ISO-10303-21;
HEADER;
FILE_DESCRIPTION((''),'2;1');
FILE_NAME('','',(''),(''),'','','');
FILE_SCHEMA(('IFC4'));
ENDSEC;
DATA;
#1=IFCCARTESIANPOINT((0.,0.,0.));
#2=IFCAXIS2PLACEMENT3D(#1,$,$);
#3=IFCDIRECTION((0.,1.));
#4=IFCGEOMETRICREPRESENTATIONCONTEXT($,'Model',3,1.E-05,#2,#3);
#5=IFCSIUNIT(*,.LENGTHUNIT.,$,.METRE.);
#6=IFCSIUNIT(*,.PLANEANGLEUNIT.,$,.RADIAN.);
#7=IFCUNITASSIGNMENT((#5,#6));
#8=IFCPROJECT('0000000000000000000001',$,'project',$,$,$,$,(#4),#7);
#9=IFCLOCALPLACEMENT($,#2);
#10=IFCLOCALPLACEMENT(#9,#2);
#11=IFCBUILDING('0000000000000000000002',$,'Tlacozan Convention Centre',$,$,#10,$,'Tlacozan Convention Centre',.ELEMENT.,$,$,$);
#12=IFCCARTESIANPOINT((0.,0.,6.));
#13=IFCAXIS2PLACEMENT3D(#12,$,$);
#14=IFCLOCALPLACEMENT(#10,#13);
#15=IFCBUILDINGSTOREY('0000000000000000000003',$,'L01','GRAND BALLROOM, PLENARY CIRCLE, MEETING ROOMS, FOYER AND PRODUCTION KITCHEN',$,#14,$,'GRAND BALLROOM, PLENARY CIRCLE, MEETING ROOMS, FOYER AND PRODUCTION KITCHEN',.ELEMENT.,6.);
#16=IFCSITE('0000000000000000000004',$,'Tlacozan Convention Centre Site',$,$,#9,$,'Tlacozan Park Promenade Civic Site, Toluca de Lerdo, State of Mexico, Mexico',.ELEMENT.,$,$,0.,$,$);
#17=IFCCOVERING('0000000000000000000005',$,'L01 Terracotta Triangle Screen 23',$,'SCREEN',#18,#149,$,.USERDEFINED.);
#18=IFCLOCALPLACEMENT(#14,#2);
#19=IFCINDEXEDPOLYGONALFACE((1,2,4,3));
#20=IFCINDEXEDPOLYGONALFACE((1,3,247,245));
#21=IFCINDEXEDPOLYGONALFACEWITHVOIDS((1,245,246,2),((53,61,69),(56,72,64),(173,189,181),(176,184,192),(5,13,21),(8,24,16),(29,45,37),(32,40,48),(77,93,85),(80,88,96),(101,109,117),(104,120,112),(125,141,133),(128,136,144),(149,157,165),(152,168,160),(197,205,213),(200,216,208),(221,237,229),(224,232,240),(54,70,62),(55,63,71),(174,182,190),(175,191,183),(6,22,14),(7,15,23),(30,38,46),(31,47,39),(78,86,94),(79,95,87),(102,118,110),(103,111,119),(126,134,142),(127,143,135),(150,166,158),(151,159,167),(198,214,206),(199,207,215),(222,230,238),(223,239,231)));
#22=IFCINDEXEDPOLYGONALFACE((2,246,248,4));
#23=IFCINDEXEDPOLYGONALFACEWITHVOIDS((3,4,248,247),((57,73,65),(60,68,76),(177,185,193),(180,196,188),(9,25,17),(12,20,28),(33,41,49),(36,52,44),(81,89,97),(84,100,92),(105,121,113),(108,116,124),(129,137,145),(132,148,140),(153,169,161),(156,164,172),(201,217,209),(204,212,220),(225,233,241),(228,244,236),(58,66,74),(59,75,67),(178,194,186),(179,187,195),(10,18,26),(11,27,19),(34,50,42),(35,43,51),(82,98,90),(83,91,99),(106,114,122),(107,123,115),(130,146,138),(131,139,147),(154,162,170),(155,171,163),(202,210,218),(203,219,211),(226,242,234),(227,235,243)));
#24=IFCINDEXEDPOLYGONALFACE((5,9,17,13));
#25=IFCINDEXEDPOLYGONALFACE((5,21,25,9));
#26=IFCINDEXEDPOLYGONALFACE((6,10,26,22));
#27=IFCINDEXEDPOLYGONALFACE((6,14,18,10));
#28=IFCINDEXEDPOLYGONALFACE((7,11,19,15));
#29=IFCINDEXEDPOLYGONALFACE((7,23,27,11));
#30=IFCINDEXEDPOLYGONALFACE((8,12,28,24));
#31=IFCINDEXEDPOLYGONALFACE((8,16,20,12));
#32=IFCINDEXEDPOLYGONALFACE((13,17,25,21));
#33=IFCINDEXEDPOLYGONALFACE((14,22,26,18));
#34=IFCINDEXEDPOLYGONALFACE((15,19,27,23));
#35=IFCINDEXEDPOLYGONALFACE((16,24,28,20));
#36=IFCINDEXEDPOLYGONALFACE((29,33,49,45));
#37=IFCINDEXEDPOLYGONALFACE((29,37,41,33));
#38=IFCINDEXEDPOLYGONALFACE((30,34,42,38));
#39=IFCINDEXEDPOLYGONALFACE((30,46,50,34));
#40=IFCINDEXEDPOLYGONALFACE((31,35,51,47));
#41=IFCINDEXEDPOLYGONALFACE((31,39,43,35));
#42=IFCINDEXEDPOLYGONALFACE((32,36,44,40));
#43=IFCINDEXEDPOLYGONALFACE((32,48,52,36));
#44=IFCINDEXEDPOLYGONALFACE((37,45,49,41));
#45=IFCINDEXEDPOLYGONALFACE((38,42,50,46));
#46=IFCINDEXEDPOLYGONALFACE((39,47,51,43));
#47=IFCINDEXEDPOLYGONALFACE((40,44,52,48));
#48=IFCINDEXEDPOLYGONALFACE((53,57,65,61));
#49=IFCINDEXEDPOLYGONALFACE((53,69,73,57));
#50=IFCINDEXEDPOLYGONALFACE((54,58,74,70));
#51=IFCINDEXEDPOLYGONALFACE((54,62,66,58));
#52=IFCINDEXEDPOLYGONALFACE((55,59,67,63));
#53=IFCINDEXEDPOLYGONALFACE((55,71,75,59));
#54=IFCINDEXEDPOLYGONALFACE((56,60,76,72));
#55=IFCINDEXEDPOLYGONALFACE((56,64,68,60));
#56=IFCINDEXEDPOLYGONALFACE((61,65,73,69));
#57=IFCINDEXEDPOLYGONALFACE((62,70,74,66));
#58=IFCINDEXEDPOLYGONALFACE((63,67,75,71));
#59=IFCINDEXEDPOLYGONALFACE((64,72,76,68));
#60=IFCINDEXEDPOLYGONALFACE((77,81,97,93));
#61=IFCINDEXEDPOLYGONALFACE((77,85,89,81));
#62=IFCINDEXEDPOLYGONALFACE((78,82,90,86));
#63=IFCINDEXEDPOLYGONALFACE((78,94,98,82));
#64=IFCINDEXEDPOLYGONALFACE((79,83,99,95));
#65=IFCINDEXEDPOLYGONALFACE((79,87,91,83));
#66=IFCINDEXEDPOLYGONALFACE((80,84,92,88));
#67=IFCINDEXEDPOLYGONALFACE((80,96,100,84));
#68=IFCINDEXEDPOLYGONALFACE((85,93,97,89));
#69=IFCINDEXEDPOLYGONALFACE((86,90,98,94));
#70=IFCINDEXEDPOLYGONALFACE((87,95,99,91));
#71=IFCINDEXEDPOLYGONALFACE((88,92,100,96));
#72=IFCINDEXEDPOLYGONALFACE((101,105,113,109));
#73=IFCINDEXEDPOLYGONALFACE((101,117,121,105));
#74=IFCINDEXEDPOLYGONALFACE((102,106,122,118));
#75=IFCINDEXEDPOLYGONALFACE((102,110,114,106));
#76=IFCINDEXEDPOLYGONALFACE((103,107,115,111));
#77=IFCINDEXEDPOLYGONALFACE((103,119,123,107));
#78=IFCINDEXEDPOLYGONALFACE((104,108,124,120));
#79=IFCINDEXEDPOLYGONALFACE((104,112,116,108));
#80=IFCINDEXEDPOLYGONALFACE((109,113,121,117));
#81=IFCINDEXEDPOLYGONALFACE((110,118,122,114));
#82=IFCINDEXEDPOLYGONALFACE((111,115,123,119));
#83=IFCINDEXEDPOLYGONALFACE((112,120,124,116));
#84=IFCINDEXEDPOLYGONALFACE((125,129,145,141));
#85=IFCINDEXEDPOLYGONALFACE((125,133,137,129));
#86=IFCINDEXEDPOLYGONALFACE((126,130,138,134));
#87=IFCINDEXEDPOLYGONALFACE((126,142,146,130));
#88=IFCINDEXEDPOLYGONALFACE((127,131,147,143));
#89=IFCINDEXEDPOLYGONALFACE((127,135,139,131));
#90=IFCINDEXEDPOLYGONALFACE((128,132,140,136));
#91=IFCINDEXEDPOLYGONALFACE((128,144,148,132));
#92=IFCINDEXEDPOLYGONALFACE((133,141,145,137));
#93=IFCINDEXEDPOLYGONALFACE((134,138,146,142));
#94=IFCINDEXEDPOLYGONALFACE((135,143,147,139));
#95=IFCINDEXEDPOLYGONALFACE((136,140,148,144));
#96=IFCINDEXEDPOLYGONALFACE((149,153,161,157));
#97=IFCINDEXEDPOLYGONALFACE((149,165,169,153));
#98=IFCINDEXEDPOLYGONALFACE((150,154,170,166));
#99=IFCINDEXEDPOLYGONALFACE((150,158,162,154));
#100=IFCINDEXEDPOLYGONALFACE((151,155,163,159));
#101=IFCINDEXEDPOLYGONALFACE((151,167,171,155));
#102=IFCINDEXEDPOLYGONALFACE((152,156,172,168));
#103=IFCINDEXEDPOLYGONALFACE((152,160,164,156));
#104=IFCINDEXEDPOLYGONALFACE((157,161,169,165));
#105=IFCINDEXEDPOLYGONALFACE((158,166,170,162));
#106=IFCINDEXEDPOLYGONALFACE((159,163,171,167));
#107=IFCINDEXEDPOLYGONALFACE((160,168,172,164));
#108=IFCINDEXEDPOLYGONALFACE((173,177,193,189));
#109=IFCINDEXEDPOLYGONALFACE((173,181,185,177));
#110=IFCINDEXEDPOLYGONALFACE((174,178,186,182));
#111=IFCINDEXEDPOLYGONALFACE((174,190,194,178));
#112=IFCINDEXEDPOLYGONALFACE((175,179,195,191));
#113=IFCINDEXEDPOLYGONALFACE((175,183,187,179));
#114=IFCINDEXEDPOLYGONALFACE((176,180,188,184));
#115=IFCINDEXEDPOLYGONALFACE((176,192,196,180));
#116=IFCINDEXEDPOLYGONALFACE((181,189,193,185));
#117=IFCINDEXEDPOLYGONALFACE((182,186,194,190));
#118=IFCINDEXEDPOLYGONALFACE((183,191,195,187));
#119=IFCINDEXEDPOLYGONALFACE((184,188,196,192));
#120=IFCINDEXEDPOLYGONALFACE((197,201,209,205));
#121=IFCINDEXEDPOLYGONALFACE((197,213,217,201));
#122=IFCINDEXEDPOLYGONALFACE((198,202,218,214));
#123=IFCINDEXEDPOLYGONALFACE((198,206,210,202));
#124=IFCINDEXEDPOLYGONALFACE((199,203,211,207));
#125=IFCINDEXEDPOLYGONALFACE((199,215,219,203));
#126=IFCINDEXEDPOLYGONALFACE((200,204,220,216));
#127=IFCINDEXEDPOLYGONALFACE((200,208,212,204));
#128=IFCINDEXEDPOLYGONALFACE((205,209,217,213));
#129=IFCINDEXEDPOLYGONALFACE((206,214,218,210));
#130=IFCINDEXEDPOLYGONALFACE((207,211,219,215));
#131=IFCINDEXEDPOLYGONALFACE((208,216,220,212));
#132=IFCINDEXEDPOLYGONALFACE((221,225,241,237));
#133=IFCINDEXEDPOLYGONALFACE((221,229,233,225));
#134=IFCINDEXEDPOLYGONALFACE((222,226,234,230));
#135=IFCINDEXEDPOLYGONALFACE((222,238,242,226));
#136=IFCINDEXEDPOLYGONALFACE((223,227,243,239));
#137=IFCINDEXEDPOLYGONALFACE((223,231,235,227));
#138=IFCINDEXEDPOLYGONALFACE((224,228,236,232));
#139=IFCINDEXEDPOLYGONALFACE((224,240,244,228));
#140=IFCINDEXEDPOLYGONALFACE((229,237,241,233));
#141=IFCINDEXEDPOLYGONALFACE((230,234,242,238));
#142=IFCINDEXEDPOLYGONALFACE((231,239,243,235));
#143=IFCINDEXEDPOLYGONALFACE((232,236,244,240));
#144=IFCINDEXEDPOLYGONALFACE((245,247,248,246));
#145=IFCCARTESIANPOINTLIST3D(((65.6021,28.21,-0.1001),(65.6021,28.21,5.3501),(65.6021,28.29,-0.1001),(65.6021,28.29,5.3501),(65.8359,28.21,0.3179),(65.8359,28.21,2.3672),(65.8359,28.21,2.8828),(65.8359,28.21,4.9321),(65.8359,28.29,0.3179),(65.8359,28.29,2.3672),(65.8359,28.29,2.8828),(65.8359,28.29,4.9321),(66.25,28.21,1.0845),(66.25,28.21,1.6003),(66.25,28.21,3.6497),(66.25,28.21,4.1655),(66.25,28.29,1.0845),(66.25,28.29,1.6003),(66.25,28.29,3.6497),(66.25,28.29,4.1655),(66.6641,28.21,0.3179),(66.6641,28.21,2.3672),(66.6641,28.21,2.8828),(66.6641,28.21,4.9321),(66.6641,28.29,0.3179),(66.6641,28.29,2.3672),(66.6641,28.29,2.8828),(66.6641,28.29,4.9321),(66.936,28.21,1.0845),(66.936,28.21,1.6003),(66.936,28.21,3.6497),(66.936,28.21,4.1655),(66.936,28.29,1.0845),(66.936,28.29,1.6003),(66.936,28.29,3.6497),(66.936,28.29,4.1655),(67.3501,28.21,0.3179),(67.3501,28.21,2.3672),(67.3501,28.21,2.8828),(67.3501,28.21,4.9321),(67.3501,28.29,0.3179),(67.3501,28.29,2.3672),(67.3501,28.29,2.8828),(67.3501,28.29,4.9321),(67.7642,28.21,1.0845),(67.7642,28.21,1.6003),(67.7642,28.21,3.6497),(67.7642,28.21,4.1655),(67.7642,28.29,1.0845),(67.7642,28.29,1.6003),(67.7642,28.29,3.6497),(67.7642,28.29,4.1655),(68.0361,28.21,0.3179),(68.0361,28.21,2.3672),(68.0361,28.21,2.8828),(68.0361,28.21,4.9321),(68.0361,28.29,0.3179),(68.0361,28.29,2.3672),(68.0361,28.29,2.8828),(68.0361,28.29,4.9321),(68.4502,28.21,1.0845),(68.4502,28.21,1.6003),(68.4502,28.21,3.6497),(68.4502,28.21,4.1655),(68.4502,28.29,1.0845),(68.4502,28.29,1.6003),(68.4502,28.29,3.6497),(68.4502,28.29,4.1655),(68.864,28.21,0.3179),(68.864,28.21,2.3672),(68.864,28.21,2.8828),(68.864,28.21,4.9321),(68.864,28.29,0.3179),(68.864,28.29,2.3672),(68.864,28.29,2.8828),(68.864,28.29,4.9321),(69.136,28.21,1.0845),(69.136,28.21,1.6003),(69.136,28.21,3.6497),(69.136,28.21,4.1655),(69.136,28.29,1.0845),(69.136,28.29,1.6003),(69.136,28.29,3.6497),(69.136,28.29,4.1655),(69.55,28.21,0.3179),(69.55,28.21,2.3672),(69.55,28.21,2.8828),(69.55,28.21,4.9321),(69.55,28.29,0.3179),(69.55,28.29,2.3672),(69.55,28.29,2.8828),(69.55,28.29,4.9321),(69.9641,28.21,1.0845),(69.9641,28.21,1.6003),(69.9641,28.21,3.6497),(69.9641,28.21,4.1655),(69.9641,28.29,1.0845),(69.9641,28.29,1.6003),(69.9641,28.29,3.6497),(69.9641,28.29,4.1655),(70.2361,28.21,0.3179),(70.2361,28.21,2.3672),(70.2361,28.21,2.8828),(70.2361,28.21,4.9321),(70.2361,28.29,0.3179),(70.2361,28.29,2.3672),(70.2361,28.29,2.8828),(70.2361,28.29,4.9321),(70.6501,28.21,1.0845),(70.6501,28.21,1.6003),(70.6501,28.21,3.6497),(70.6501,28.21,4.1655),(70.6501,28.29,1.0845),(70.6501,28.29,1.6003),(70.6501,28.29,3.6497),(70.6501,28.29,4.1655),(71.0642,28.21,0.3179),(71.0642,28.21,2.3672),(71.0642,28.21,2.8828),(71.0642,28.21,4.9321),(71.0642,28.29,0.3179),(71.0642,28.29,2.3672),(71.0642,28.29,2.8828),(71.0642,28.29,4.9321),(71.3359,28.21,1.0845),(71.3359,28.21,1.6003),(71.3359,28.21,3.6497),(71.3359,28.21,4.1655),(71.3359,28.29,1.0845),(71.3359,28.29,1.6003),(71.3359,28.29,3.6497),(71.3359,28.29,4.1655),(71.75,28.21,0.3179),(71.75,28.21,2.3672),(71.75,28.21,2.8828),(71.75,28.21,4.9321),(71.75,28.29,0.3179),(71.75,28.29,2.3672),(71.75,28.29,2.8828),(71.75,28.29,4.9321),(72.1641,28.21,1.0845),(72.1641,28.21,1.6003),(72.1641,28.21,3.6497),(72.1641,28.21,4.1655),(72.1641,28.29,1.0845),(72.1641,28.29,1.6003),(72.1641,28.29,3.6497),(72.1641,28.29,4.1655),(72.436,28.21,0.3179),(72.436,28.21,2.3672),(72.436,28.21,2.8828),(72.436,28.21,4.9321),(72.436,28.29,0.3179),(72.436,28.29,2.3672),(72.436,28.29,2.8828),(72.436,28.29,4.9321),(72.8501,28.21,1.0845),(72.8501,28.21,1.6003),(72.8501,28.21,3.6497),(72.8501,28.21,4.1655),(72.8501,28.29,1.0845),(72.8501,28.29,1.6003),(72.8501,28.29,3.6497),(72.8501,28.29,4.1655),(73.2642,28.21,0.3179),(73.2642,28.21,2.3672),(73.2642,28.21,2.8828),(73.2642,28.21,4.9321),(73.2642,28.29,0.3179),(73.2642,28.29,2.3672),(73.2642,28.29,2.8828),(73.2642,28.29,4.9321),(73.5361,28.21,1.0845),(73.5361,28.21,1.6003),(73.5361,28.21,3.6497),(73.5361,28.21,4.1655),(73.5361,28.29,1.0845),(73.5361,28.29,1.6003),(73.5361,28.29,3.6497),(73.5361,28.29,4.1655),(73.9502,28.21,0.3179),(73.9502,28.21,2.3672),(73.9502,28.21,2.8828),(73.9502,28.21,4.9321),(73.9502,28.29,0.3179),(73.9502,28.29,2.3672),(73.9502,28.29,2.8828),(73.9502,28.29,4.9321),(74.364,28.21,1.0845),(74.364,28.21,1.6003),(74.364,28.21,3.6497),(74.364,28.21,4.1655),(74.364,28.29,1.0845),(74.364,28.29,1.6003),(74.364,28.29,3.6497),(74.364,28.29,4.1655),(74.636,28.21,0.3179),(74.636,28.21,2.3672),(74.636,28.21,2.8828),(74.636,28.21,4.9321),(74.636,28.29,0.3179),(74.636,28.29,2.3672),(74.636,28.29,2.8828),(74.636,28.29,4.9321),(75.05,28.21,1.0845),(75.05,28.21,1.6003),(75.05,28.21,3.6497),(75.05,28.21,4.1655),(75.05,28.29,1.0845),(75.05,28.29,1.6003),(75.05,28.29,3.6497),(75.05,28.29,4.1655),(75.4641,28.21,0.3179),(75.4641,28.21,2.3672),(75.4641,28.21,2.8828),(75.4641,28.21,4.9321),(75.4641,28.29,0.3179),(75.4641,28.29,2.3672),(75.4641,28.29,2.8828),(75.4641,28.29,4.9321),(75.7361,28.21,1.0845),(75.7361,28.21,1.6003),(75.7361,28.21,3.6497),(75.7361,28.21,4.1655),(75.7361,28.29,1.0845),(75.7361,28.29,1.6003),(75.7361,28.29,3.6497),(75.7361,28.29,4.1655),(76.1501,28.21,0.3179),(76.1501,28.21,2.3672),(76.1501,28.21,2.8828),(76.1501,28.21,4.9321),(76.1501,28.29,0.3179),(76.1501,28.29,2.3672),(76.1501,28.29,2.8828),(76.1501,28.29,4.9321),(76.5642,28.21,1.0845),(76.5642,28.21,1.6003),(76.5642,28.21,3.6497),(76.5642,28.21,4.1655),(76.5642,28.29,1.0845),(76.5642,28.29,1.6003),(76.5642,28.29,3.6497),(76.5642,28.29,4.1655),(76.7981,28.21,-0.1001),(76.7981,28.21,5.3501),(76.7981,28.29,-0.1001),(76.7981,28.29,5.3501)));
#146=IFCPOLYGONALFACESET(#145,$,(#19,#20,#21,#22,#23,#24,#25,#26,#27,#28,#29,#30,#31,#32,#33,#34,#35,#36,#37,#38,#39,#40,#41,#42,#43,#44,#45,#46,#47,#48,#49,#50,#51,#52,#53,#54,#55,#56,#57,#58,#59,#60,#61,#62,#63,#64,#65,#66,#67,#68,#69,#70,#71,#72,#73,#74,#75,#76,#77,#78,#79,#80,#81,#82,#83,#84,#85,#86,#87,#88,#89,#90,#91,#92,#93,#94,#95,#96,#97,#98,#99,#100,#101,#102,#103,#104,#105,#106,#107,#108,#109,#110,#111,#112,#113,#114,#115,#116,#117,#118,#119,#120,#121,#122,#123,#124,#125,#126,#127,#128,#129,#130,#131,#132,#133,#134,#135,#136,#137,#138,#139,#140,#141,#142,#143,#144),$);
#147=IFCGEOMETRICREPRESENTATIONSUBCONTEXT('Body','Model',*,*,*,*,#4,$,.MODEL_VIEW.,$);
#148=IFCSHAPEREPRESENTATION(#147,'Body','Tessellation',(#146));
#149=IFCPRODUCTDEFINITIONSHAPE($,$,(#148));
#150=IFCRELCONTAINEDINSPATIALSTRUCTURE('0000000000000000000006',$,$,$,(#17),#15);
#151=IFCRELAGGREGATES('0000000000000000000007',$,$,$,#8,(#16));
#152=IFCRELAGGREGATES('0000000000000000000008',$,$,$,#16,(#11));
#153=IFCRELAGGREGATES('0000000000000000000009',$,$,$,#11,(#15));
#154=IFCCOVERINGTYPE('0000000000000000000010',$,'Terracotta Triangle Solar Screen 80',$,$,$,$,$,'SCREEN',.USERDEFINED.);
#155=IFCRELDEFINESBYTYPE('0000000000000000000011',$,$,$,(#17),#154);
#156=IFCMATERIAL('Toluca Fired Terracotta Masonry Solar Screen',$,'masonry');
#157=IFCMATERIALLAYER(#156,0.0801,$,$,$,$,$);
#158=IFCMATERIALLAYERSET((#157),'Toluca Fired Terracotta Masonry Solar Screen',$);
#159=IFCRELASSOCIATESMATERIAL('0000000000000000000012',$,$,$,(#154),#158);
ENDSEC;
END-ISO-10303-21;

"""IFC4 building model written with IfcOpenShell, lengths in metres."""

from ifc_helpers import new_model, si_unit, direction, frame, origin, place, context, subcontext, project, spatial, polyline, outline, extrude, material, layer, layer_set, type_object, element, save


model = new_model("IFC4")

# Units and contexts
model_context = context("Model", 3, precision=1e-05, world=origin(), true_north=direction((0.0, 1.0)))
body_context = subcontext(model_context, "Body", "Model", "MODEL_VIEW")
ifc_project = project(units=[si_unit("LENGTHUNIT", "METRE"), si_unit("PLANEANGLEUNIT", "RADIAN")], contexts=[model_context])

# Site, building, storey
site_placement = place(None, origin())
site = spatial("IfcSite", under=ifc_project, at=site_placement, Name="Tlacozan Convention Centre Site", LongName="Tlacozan Park Promenade Civic Site, Toluca de Lerdo, State of Mexico, Mexico", CompositionType="ELEMENT", RefElevation=0.0)
building_placement = place(site_placement, origin())
building = spatial("IfcBuilding", under=site, at=building_placement, Name="Tlacozan Convention Centre", LongName="Tlacozan Convention Centre", CompositionType="ELEMENT")
storey_placement = place(building_placement, frame((0.0, 0.0, 6.0)))
storey = spatial("IfcBuildingStorey", under=building, at=storey_placement, Name="L01", Description="GRAND BALLROOM, PLENARY CIRCLE, MEETING ROOMS, FOYER AND PRODUCTION KITCHEN", LongName="GRAND BALLROOM, PLENARY CIRCLE, MEETING ROOMS, FOYER AND PRODUCTION KITCHEN", CompositionType="ELEMENT", Elevation=6.0)

# Covering
ifc_material_1 = material(Name="Toluca Fired Terracotta Masonry Solar Screen", Category="masonry")
ifc_layer_1 = layer(ifc_material_1, 0.0801)
ifc_layer_set_1 = layer_set([ifc_layer_1], Name="Toluca Fired Terracotta Masonry Solar Screen")
covering_type = type_object("IfcCoveringType", Name="Terracotta Triangle Solar Screen 80", ElementType="SCREEN", PredefinedType="USERDEFINED", material=ifc_layer_set_1)
covering_1_placement = place(storey_placement, frame((65.6021, 28.25, -0.1001), z_axis=(0.0, 0.0, 1.0), x_axis=(1.0, 0.0, 0.0)))
element("IfcCovering", 1, at=covering_1_placement, inside=storey, type_object=covering_type, Name="L01 Terracotta Triangle Screen 23", ObjectType="SCREEN", PredefinedType="USERDEFINED", context=body_context, shape_type="SweptSolid", body=[
    extrude(outline(polyline([(0.0, 0.0), (11.196, 0.0), (11.196, 5.4502), (0.0, 5.4502), (0.0, 0.0)]), holes=[polyline([(0.2339, 0.418), (1.062, 0.418), (0.6479, 1.1846), (0.2339, 0.418)]), polyline([(1.334, 1.1846), (2.1621, 1.1846), (1.748, 0.418), (1.334, 1.1846)]), polyline([(2.4341, 0.418), (3.262, 0.418), (2.8481, 1.1846), (2.4341, 0.418)]), polyline([(3.5339, 1.1846), (4.3621, 1.1846), (3.948, 0.418), (3.5339, 1.1846)]), polyline([(4.634, 0.418), (5.4622, 0.418), (5.0481, 1.1846), (4.634, 0.418)]), polyline([(5.7339, 1.1846), (6.562, 1.1846), (6.1479, 0.418), (5.7339, 1.1846)]), polyline([(6.834, 0.418), (7.6621, 0.418), (7.248, 1.1846), (6.834, 0.418)]), polyline([(7.9341, 1.1846), (8.762, 1.1846), (8.3481, 0.418), (7.9341, 1.1846)]), polyline([(9.0339, 0.418), (9.8621, 0.418), (9.448, 1.1846), (9.0339, 0.418)]), polyline([(10.134, 1.1846), (10.9622, 1.1846), (10.5481, 0.418), (10.134, 1.1846)]), polyline([(0.2339, 2.4673), (1.062, 2.4673), (0.6479, 1.7004), (0.2339, 2.4673)]), polyline([(1.334, 1.7004), (2.1621, 1.7004), (1.748, 2.4673), (1.334, 1.7004)]), polyline([(2.4341, 2.4673), (3.262, 2.4673), (2.8481, 1.7004), (2.4341, 2.4673)]), polyline([(3.5339, 1.7004), (4.3621, 1.7004), (3.948, 2.4673), (3.5339, 1.7004)]), polyline([(4.634, 2.4673), (5.4622, 2.4673), (5.0481, 1.7004), (4.634, 2.4673)]), polyline([(5.7339, 1.7004), (6.562, 1.7004), (6.1479, 2.4673), (5.7339, 1.7004)]), polyline([(6.834, 2.4673), (7.6621, 2.4673), (7.248, 1.7004), (6.834, 2.4673)]), polyline([(7.9341, 1.7004), (8.762, 1.7004), (8.3481, 2.4673), (7.9341, 1.7004)]), polyline([(9.0339, 2.4673), (9.8621, 2.4673), (9.448, 1.7004), (9.0339, 2.4673)]), polyline([(10.134, 1.7004), (10.9622, 1.7004), (10.5481, 2.4673), (10.134, 1.7004)]), polyline([(0.2339, 2.9829), (1.062, 2.9829), (0.6479, 3.7498), (0.2339, 2.9829)]), polyline([(1.334, 3.7498), (2.1621, 3.7498), (1.748, 2.9829), (1.334, 3.7498)]), polyline([(2.4341, 2.9829), (3.262, 2.9829), (2.8481, 3.7498), (2.4341, 2.9829)]), polyline([(3.5339, 3.7498), (4.3621, 3.7498), (3.948, 2.9829), (3.5339, 3.7498)]), polyline([(4.634, 2.9829), (5.4622, 2.9829), (5.0481, 3.7498), (4.634, 2.9829)]), polyline([(5.7339, 3.7498), (6.562, 3.7498), (6.1479, 2.9829), (5.7339, 3.7498)]), polyline([(6.834, 2.9829), (7.6621, 2.9829), (7.248, 3.7498), (6.834, 2.9829)]), polyline([(7.9341, 3.7498), (8.762, 3.7498), (8.3481, 2.9829), (7.9341, 3.7498)]), polyline([(9.0339, 2.9829), (9.8621, 2.9829), (9.448, 3.7498), (9.0339, 2.9829)]), polyline([(10.134, 3.7498), (10.9622, 3.7498), (10.5481, 2.9829), (10.134, 3.7498)]), polyline([(0.2339, 5.0322), (1.062, 5.0322), (0.6479, 4.2656), (0.2339, 5.0322)]), polyline([(1.334, 4.2656), (2.1621, 4.2656), (1.748, 5.0322), (1.334, 4.2656)]), polyline([(2.4341, 5.0322), (3.262, 5.0322), (2.8481, 4.2656), (2.4341, 5.0322)]), polyline([(3.5339, 4.2656), (4.3621, 4.2656), (3.948, 5.0322), (3.5339, 4.2656)]), polyline([(4.634, 5.0322), (5.4622, 5.0322), (5.0481, 4.2656), (4.634, 5.0322)]), polyline([(5.7339, 4.2656), (6.562, 4.2656), (6.1479, 5.0322), (5.7339, 4.2656)]), polyline([(6.834, 5.0322), (7.6621, 5.0322), (7.248, 4.2656), (6.834, 5.0322)]), polyline([(7.9341, 4.2656), (8.762, 4.2656), (8.3481, 5.0322), (7.9341, 4.2656)]), polyline([(9.0339, 5.0322), (9.8621, 5.0322), (9.448, 4.2656), (9.0339, 5.0322)]), polyline([(10.134, 4.2656), (10.9622, 4.2656), (10.5481, 5.0322), (10.134, 4.2656)])]), frame((0.0, 0.04, 0.0), z_axis=(0.0, -1.0, 0.0), x_axis=(1.0, 0.0, 0.0)), (0.0, 0.0, 1.0), 0.0801),
])

save(model, "model.ifc")
